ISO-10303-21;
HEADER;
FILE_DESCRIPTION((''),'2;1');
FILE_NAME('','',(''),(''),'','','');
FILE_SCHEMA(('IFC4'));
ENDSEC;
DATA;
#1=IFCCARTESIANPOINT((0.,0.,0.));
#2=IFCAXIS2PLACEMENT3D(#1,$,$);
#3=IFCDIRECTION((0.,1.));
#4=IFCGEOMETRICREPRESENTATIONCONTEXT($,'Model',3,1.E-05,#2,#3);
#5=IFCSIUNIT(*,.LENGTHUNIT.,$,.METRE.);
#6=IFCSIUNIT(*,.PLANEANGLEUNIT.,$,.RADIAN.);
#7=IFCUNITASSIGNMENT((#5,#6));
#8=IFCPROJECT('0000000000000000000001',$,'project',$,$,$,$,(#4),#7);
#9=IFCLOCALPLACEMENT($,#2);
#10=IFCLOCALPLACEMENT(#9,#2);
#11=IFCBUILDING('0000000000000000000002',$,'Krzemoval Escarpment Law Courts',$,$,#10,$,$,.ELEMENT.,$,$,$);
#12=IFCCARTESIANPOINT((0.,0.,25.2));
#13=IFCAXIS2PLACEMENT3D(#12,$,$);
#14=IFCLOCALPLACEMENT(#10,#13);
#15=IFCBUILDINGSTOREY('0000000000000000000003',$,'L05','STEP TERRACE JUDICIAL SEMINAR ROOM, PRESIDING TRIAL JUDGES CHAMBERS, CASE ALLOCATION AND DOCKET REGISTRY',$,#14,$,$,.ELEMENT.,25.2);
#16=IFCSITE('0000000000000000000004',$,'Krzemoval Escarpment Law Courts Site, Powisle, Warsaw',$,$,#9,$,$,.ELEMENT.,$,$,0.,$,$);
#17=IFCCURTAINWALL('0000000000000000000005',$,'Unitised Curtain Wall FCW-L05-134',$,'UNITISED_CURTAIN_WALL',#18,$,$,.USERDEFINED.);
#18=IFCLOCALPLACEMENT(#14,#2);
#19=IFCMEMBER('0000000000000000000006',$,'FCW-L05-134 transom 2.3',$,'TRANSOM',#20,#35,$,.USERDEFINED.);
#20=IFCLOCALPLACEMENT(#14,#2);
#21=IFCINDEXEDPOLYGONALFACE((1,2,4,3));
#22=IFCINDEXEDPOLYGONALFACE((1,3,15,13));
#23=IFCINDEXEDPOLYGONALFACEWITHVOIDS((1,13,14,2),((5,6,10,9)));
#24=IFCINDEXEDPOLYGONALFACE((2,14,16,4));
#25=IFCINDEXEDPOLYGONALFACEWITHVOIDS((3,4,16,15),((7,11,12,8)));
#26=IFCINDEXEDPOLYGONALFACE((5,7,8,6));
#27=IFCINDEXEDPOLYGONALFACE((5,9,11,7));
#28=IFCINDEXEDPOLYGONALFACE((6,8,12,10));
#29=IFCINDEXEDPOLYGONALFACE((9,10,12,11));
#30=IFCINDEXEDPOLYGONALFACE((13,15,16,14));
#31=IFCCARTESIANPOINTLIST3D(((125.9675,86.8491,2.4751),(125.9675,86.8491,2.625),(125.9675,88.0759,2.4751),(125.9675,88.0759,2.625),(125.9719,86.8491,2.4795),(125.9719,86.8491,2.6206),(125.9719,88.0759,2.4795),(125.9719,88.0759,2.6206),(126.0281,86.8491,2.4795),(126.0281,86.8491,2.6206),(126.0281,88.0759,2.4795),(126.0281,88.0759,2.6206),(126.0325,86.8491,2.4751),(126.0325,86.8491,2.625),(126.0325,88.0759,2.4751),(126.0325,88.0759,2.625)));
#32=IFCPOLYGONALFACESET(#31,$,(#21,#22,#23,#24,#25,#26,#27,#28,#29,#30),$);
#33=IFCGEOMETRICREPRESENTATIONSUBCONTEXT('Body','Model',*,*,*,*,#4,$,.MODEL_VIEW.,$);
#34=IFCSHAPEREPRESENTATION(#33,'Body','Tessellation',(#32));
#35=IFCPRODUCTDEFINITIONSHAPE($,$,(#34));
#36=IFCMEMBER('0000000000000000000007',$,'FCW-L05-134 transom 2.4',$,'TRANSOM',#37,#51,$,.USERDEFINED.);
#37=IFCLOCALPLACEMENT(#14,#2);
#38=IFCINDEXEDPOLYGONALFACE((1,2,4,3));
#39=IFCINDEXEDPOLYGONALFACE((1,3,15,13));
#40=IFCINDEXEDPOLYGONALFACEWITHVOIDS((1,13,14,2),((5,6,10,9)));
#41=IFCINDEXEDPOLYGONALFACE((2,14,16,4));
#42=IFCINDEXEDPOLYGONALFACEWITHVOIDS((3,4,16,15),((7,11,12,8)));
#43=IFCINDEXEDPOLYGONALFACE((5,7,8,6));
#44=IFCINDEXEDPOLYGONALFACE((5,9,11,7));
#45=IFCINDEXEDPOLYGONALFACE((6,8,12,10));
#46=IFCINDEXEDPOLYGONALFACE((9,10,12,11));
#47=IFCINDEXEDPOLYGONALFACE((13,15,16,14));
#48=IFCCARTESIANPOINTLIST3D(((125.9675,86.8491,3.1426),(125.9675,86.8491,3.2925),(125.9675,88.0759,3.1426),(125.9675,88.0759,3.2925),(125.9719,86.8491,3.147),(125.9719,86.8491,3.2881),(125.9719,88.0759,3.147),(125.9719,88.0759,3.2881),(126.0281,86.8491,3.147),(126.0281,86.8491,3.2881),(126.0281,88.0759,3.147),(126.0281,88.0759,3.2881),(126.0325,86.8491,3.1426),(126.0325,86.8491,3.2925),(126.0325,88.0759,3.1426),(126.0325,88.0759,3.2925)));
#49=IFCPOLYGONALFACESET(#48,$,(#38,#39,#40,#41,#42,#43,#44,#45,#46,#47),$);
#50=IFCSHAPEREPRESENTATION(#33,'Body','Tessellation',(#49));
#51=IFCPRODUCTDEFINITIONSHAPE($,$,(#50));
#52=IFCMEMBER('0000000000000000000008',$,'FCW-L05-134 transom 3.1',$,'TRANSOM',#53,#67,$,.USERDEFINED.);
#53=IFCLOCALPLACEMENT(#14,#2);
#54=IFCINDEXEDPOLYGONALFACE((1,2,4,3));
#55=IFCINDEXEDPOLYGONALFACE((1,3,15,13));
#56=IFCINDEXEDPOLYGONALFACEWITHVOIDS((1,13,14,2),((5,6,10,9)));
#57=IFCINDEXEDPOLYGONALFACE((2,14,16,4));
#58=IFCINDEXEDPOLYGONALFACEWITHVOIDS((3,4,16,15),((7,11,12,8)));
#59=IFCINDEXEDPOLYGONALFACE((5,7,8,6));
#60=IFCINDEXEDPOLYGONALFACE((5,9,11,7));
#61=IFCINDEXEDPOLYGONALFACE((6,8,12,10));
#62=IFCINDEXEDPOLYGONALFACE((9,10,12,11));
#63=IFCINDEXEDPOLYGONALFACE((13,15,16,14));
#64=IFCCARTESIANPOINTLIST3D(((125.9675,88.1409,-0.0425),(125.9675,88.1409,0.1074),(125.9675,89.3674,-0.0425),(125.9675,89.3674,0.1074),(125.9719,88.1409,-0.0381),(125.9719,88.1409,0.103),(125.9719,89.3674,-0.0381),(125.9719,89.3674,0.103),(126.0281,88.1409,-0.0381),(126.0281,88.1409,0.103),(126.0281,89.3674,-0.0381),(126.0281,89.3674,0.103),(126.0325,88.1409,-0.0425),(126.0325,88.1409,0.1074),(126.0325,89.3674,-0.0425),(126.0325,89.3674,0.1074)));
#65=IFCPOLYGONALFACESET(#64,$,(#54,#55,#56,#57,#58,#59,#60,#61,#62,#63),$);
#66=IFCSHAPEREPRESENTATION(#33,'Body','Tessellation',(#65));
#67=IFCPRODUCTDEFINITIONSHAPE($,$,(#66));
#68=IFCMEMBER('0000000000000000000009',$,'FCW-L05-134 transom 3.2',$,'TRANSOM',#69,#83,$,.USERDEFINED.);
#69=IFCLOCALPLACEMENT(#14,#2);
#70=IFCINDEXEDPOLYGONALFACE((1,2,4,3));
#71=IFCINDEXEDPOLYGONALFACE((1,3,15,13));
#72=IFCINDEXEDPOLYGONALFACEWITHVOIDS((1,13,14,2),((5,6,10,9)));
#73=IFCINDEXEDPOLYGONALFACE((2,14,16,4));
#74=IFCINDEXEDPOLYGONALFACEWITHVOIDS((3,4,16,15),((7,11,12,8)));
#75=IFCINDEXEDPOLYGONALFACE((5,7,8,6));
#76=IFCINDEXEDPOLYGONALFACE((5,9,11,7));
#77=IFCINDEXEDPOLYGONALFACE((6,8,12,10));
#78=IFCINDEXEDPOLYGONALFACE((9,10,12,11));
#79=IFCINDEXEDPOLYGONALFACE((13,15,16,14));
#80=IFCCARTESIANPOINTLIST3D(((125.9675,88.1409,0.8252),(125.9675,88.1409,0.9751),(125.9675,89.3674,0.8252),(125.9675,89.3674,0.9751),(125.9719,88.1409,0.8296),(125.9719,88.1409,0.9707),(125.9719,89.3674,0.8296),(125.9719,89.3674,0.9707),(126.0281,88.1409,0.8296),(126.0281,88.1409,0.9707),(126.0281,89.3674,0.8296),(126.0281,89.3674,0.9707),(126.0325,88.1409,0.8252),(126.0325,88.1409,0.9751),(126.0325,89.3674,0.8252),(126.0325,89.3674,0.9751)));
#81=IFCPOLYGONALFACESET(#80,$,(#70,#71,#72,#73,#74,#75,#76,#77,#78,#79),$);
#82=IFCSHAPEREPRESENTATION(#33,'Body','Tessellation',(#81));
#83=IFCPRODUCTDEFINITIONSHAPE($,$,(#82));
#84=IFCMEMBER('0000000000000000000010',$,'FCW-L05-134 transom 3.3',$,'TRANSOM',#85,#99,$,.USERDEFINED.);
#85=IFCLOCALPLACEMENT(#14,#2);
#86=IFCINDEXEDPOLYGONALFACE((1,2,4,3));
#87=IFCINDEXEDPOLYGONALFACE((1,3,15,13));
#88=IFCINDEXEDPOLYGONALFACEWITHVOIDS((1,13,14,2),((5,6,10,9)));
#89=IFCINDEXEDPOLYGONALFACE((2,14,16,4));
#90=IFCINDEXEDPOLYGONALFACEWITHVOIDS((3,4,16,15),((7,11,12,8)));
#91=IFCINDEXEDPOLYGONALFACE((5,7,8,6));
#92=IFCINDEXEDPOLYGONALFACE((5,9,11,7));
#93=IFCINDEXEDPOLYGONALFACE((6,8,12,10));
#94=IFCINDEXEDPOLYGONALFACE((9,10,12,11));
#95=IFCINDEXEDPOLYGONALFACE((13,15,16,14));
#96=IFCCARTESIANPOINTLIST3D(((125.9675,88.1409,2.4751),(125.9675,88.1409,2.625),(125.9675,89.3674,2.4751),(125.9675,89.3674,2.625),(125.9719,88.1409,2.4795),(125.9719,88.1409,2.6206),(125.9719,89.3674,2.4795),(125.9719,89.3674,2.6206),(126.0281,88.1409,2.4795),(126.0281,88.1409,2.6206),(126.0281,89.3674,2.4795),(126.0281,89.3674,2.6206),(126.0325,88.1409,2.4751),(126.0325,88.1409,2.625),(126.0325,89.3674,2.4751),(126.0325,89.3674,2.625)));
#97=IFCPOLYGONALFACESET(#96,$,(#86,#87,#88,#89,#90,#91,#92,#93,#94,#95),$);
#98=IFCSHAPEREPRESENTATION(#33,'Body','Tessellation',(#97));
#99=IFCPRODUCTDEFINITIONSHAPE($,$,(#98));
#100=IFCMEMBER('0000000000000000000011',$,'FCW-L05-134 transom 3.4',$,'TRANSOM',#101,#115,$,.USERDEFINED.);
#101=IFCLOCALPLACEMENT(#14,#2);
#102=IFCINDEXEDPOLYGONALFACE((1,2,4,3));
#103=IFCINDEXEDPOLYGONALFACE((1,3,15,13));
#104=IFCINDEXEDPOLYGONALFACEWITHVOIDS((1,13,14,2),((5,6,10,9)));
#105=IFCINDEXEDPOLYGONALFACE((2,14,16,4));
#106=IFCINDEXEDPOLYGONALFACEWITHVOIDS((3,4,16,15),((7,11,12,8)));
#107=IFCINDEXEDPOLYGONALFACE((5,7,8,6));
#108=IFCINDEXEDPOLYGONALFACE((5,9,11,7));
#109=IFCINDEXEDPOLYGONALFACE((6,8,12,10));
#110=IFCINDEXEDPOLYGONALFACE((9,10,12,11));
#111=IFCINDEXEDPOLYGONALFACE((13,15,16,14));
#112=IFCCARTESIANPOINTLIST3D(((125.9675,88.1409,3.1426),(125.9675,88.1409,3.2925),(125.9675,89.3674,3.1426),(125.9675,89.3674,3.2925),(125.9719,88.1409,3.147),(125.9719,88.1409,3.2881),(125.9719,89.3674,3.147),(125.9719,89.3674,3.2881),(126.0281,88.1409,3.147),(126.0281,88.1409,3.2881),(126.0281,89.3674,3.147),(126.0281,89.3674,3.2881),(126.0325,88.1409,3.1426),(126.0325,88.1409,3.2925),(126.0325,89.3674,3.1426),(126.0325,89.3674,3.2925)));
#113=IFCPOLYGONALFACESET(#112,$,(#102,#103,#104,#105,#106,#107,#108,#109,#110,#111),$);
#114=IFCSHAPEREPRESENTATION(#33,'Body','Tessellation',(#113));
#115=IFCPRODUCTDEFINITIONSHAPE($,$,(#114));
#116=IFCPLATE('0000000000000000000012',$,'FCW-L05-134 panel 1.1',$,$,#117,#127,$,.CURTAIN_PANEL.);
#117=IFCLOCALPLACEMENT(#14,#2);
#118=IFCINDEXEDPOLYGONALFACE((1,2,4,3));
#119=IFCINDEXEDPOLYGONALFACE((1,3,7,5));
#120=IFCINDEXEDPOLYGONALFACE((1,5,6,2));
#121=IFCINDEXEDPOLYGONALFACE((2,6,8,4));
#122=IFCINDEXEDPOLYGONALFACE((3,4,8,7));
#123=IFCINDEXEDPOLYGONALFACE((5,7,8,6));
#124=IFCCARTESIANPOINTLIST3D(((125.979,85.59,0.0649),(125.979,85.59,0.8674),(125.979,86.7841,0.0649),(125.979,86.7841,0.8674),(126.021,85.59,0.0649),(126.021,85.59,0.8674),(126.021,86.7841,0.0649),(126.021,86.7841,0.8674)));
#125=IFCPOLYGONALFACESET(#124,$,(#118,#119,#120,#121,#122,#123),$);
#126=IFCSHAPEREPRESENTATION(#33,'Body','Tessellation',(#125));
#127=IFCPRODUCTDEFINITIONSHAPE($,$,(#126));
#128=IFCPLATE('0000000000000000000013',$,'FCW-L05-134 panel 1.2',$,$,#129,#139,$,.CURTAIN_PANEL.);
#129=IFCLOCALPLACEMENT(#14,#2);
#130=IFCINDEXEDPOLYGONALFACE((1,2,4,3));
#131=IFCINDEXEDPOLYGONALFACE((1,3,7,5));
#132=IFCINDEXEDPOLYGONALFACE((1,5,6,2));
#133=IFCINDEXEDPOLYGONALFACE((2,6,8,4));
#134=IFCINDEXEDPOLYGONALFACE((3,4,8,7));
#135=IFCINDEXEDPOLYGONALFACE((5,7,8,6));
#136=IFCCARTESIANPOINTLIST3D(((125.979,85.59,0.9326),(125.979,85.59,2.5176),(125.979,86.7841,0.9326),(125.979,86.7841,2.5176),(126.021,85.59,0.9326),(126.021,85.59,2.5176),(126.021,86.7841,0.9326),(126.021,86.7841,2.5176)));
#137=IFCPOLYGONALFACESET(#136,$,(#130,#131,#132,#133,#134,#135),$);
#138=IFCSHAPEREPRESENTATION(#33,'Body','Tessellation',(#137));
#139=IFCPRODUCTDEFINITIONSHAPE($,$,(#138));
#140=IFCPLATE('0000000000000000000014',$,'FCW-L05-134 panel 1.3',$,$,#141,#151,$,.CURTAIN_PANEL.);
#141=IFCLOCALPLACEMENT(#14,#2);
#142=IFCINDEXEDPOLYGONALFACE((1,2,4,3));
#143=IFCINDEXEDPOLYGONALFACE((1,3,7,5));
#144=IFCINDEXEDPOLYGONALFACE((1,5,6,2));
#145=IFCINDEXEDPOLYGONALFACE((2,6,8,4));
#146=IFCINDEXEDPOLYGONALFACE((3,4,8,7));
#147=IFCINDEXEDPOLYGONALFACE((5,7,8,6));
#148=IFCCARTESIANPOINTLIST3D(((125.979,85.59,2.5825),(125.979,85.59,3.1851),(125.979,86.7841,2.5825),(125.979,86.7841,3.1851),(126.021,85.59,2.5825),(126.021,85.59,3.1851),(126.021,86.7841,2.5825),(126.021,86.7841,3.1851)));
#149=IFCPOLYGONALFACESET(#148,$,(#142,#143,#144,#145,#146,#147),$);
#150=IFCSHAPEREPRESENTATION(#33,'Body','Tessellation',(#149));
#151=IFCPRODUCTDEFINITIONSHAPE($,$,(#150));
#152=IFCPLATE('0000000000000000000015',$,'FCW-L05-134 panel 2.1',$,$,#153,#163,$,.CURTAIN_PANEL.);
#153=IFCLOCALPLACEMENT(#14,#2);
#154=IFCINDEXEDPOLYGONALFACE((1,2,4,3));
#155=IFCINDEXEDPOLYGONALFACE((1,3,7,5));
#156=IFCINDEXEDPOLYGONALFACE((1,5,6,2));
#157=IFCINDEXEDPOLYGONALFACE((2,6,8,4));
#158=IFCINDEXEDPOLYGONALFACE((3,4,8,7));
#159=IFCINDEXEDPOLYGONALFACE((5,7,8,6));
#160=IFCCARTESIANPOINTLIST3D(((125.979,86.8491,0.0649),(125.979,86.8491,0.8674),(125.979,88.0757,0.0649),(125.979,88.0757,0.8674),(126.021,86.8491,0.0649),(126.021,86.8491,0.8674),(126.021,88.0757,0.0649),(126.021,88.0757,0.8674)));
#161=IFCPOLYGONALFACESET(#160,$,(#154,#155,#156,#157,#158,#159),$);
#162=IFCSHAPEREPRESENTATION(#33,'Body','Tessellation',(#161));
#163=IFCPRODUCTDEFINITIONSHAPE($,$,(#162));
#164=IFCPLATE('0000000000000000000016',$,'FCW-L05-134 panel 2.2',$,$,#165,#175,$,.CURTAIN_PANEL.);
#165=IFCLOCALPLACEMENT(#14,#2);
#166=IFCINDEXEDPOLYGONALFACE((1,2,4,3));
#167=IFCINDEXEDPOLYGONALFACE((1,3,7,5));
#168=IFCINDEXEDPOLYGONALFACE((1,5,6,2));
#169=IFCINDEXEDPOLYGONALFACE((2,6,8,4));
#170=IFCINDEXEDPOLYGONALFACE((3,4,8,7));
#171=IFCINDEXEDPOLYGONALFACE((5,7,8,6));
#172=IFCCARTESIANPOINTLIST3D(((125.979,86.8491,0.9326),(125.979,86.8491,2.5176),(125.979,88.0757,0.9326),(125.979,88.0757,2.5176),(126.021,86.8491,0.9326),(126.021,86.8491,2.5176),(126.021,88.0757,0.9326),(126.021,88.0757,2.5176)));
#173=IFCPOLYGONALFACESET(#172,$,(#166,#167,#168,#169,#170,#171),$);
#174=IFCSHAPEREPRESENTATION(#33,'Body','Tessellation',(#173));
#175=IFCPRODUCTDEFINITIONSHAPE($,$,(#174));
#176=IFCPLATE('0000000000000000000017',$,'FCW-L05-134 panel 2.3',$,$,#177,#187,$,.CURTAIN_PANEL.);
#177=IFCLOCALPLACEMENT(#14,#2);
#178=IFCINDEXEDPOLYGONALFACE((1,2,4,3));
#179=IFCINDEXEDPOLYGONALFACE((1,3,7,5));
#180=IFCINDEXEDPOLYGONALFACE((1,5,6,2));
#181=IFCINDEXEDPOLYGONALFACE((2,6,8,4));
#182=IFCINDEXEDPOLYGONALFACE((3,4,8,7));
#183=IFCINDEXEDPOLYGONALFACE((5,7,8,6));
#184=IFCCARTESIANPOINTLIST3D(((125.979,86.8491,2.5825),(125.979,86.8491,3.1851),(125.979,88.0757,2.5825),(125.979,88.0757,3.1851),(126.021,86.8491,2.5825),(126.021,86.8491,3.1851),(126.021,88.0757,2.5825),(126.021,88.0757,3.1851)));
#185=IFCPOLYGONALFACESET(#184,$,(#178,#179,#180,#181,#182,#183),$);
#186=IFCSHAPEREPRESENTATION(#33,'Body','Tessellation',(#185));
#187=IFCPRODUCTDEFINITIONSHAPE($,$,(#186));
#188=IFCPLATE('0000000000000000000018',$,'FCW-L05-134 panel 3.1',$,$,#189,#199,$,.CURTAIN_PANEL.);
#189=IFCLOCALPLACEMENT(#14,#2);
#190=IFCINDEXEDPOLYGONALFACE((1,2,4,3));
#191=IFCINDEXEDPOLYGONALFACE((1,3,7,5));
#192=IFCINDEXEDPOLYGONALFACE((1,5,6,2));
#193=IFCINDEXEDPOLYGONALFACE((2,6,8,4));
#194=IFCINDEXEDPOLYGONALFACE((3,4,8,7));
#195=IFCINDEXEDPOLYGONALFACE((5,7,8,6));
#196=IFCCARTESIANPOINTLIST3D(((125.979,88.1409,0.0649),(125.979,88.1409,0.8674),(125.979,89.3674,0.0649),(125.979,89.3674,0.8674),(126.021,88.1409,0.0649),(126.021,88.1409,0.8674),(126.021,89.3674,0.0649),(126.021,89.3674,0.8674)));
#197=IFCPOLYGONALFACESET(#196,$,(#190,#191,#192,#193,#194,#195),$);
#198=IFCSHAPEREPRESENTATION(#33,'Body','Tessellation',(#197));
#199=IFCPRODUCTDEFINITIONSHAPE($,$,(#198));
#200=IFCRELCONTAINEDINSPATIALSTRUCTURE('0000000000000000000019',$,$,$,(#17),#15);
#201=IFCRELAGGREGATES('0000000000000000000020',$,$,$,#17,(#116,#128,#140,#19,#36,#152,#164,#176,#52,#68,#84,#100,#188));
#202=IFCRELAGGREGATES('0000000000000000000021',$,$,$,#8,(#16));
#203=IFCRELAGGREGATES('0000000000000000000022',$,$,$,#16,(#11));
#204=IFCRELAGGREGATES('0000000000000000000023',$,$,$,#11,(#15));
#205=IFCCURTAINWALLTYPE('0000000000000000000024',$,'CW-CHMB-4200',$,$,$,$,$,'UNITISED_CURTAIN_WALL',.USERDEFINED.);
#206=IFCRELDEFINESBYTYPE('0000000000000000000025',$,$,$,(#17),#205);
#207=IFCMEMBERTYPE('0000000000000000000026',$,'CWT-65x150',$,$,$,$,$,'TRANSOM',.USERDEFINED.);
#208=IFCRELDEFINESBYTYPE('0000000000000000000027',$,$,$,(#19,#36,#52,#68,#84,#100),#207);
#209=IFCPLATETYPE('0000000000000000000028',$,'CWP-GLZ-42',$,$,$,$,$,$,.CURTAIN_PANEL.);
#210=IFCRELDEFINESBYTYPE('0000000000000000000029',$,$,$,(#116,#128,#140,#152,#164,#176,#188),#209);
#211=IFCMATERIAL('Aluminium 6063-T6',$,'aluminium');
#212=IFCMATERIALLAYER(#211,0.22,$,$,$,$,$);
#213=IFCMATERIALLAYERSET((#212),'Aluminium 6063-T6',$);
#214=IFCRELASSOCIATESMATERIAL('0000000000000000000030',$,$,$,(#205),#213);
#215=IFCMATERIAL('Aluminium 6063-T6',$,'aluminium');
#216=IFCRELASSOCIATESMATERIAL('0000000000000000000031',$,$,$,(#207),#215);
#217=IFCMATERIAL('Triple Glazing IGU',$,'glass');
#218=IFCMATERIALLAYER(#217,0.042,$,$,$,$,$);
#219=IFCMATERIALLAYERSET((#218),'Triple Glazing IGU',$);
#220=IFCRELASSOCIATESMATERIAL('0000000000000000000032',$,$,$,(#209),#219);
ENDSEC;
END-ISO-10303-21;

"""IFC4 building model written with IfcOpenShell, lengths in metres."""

from ifc_helpers import new_model, si_unit, direction, frame, origin, origin_2d, place, context, subcontext, project, spatial, rectangle, hollow_rectangle, extrude, material, layer, layer_set, material_profile, profile_set, type_object, element, aggregate, save


model = new_model("IFC4")

# Units and contexts
model_context = context("Model", 3, precision=1e-05, world=origin(), true_north=direction((0.0, 1.0)))
body_context = subcontext(model_context, "Body", "Model", "MODEL_VIEW")
ifc_project = project(units=[si_unit("LENGTHUNIT", "METRE"), si_unit("PLANEANGLEUNIT", "RADIAN")], contexts=[model_context])

# Site, building, storey
site_placement = place(None, origin())
site = spatial("IfcSite", under=ifc_project, at=site_placement, Name="Krzemoval Escarpment Law Courts Site, Powisle, Warsaw", CompositionType="ELEMENT", RefElevation=0.0)
building_placement = place(site_placement, origin())
building = spatial("IfcBuilding", under=site, at=building_placement, Name="Krzemoval Escarpment Law Courts", CompositionType="ELEMENT")
storey_placement = place(building_placement, frame((0.0, 0.0, 25.2)))
storey = spatial("IfcBuildingStorey", under=building, at=storey_placement, Name="L05", Description="STEP TERRACE JUDICIAL SEMINAR ROOM, PRESIDING TRIAL JUDGES CHAMBERS, CASE ALLOCATION AND DOCKET REGISTRY", CompositionType="ELEMENT", Elevation=25.2)

# Curtain wall, members, plates
ifc_material_1 = material(Name="Aluminium 6063-T6", Category="aluminium")
ifc_layer_1 = layer(ifc_material_1, 0.22)
ifc_layer_set_1 = layer_set([ifc_layer_1], Name="Aluminium 6063-T6")
curtain_wall_type = type_object("IfcCurtainWallType", Name="CW-CHMB-4200", ElementType="UNITISED_CURTAIN_WALL", PredefinedType="USERDEFINED", material=ifc_layer_set_1)
curtain_wall_placement = place(storey_placement, origin())
curtain_wall = element("IfcCurtainWall", 1, at=curtain_wall_placement, inside=storey, type_object=curtain_wall_type, Name="Unitised Curtain Wall FCW-L05-134", ObjectType="UNITISED_CURTAIN_WALL", PredefinedType="USERDEFINED")
ifc_material_2 = material(Name="Aluminium 6063-T6", Category="aluminium")
ifc_material_profile_1 = material_profile(ifc_material_2, hollow_rectangle(XDim=0.0649, YDim=0.1499, WallThickness=0.0044, at=origin_2d()), Name="ALU T65x150")
ifc_profile_set_1 = profile_set([ifc_material_profile_1], Name="Aluminium 6063-T6")
member_type_1 = type_object("IfcMemberType", Name="CWT-65x150", ElementType="TRANSOM", PredefinedType="USERDEFINED", material=ifc_profile_set_1)
member_1_placement = place(storey_placement, frame((126.0, 86.8491, 2.55), z_axis=(0.0, 1.0, 0.0), x_axis=(-1.0, 0.0, 0.0)))
member_1 = element("IfcMember", 2, at=member_1_placement, type_object=member_type_1, Name="FCW-L05-134 transom 2.3", ObjectType="TRANSOM", PredefinedType="USERDEFINED", context=body_context, shape_type="SweptSolid", body=[
    extrude(hollow_rectangle(XDim=0.0649, YDim=0.1499, WallThickness=0.0044, at=origin_2d()), origin(), (0.0, 0.0, 1.0), 1.2268),
])
member_2_placement = place(storey_placement, frame((126.0, 86.8491, 3.2175), z_axis=(0.0, 1.0, 0.0), x_axis=(-1.0, 0.0, 0.0)))
member_2 = element("IfcMember", 3, at=member_2_placement, type_object=member_type_1, Name="FCW-L05-134 transom 2.4", ObjectType="TRANSOM", PredefinedType="USERDEFINED", context=body_context, shape_type="SweptSolid", body=[
    extrude(hollow_rectangle(XDim=0.0649, YDim=0.1499, WallThickness=0.0044, at=origin_2d()), origin(), (0.0, 0.0, 1.0), 1.2268),
])
member_3_placement = place(storey_placement, frame((126.0, 88.1409, 0.0325), z_axis=(0.0, 1.0, 0.0), x_axis=(-1.0, 0.0, 0.0)))
member_3 = element("IfcMember", 4, at=member_3_placement, type_object=member_type_1, Name="FCW-L05-134 transom 3.1", ObjectType="TRANSOM", PredefinedType="USERDEFINED", context=body_context, shape_type="SweptSolid", body=[
    extrude(hollow_rectangle(XDim=0.0649, YDim=0.1499, WallThickness=0.0044, at=origin_2d()), origin(), (0.0, 0.0, 1.0), 1.2266),
])
member_4_placement = place(storey_placement, frame((126.0, 88.1409, 0.9001), z_axis=(0.0, 1.0, 0.0), x_axis=(-1.0, 0.0, 0.0)))
member_4 = element("IfcMember", 5, at=member_4_placement, type_object=member_type_1, Name="FCW-L05-134 transom 3.2", ObjectType="TRANSOM", PredefinedType="USERDEFINED", context=body_context, shape_type="SweptSolid", body=[
    extrude(hollow_rectangle(XDim=0.0649, YDim=0.1499, WallThickness=0.0044, at=origin_2d()), origin(), (0.0, 0.0, 1.0), 1.2266),
])
member_5_placement = place(storey_placement, frame((126.0, 88.1409, 2.55), z_axis=(0.0, 1.0, 0.0), x_axis=(-1.0, 0.0, 0.0)))
member_5 = element("IfcMember", 6, at=member_5_placement, type_object=member_type_1, Name="FCW-L05-134 transom 3.3", ObjectType="TRANSOM", PredefinedType="USERDEFINED", context=body_context, shape_type="SweptSolid", body=[
    extrude(hollow_rectangle(XDim=0.0649, YDim=0.1499, WallThickness=0.0044, at=origin_2d()), origin(), (0.0, 0.0, 1.0), 1.2266),
])
member_6_placement = place(storey_placement, frame((126.0, 88.1409, 3.2175), z_axis=(0.0, 1.0, 0.0), x_axis=(-1.0, 0.0, 0.0)))
member_6 = element("IfcMember", 7, at=member_6_placement, type_object=member_type_1, Name="FCW-L05-134 transom 3.4", ObjectType="TRANSOM", PredefinedType="USERDEFINED", context=body_context, shape_type="SweptSolid", body=[
    extrude(hollow_rectangle(XDim=0.0649, YDim=0.1499, WallThickness=0.0044, at=origin_2d()), origin(), (0.0, 0.0, 1.0), 1.2266),
])
ifc_material_3 = material(Name="Triple Glazing IGU", Category="glass")
ifc_layer_2 = layer(ifc_material_3, 0.042)
ifc_layer_set_2 = layer_set([ifc_layer_2], Name="Triple Glazing IGU")
plate_type = type_object("IfcPlateType", Name="CWP-GLZ-42", PredefinedType="CURTAIN_PANEL", material=ifc_layer_set_2)
plate_1_placement = place(storey_placement, frame((126.0, 86.187, 0.0649), z_axis=(0.0, 0.0, 1.0), x_axis=(0.0, 1.0, 0.0)))
plate_1 = element("IfcPlate", 8, at=plate_1_placement, type_object=plate_type, Name="FCW-L05-134 panel 1.1", PredefinedType="CURTAIN_PANEL", context=body_context, shape_type="SweptSolid", body=[
    extrude(rectangle(XDim=1.1941, YDim=0.042, at=origin_2d()), origin(), (0.0, 0.0, 1.0), 0.8025),
])
plate_2_placement = place(storey_placement, frame((126.0, 86.187, 0.9326), z_axis=(0.0, 0.0, 1.0), x_axis=(0.0, 1.0, 0.0)))
plate_2 = element("IfcPlate", 9, at=plate_2_placement, type_object=plate_type, Name="FCW-L05-134 panel 1.2", PredefinedType="CURTAIN_PANEL", context=body_context, shape_type="SweptSolid", body=[
    extrude(rectangle(XDim=1.1941, YDim=0.042, at=origin_2d()), origin(), (0.0, 0.0, 1.0), 1.585),
])
plate_3_placement = place(storey_placement, frame((126.0, 86.187, 2.5825), z_axis=(0.0, 0.0, 1.0), x_axis=(0.0, 1.0, 0.0)))
plate_3 = element("IfcPlate", 10, at=plate_3_placement, type_object=plate_type, Name="FCW-L05-134 panel 1.3", PredefinedType="CURTAIN_PANEL", context=body_context, shape_type="SweptSolid", body=[
    extrude(rectangle(XDim=1.1941, YDim=0.042, at=origin_2d()), origin(), (0.0, 0.0, 1.0), 0.6025),
])
plate_4_placement = place(storey_placement, frame((126.0, 87.4624, 0.0649), z_axis=(0.0, 0.0, 1.0), x_axis=(0.0, 1.0, 0.0)))
plate_4 = element("IfcPlate", 11, at=plate_4_placement, type_object=plate_type, Name="FCW-L05-134 panel 2.1", PredefinedType="CURTAIN_PANEL", context=body_context, shape_type="SweptSolid", body=[
    extrude(rectangle(XDim=1.2266, YDim=0.042, at=origin_2d()), origin(), (0.0, 0.0, 1.0), 0.8025),
])
plate_5_placement = place(storey_placement, frame((126.0, 87.4624, 0.9326), z_axis=(0.0, 0.0, 1.0), x_axis=(0.0, 1.0, 0.0)))
plate_5 = element("IfcPlate", 12, at=plate_5_placement, type_object=plate_type, Name="FCW-L05-134 panel 2.2", PredefinedType="CURTAIN_PANEL", context=body_context, shape_type="SweptSolid", body=[
    extrude(rectangle(XDim=1.2266, YDim=0.042, at=origin_2d()), origin(), (0.0, 0.0, 1.0), 1.585),
])
plate_6_placement = place(storey_placement, frame((126.0, 87.4624, 2.5825), z_axis=(0.0, 0.0, 1.0), x_axis=(0.0, 1.0, 0.0)))
plate_6 = element("IfcPlate", 13, at=plate_6_placement, type_object=plate_type, Name="FCW-L05-134 panel 2.3", PredefinedType="CURTAIN_PANEL", context=body_context, shape_type="SweptSolid", body=[
    extrude(rectangle(XDim=1.2266, YDim=0.042, at=origin_2d()), origin(), (0.0, 0.0, 1.0), 0.6025),
])
plate_7_placement = place(storey_placement, frame((126.0, 88.7542, 0.0649), z_axis=(0.0, 0.0, 1.0), x_axis=(0.0, 1.0, 0.0)))
plate_7 = element("IfcPlate", 14, at=plate_7_placement, type_object=plate_type, Name="FCW-L05-134 panel 3.1", PredefinedType="CURTAIN_PANEL", context=body_context, shape_type="SweptSolid", body=[
    extrude(rectangle(XDim=1.2266, YDim=0.042, at=origin_2d()), origin(), (0.0, 0.0, 1.0), 0.8025),
])
aggregate(curtain_wall, [plate_1, plate_2, plate_3, member_1, member_2, plate_4, plate_5, plate_6, member_3, member_4, member_5, member_6, plate_7])

save(model, "model.ifc")
